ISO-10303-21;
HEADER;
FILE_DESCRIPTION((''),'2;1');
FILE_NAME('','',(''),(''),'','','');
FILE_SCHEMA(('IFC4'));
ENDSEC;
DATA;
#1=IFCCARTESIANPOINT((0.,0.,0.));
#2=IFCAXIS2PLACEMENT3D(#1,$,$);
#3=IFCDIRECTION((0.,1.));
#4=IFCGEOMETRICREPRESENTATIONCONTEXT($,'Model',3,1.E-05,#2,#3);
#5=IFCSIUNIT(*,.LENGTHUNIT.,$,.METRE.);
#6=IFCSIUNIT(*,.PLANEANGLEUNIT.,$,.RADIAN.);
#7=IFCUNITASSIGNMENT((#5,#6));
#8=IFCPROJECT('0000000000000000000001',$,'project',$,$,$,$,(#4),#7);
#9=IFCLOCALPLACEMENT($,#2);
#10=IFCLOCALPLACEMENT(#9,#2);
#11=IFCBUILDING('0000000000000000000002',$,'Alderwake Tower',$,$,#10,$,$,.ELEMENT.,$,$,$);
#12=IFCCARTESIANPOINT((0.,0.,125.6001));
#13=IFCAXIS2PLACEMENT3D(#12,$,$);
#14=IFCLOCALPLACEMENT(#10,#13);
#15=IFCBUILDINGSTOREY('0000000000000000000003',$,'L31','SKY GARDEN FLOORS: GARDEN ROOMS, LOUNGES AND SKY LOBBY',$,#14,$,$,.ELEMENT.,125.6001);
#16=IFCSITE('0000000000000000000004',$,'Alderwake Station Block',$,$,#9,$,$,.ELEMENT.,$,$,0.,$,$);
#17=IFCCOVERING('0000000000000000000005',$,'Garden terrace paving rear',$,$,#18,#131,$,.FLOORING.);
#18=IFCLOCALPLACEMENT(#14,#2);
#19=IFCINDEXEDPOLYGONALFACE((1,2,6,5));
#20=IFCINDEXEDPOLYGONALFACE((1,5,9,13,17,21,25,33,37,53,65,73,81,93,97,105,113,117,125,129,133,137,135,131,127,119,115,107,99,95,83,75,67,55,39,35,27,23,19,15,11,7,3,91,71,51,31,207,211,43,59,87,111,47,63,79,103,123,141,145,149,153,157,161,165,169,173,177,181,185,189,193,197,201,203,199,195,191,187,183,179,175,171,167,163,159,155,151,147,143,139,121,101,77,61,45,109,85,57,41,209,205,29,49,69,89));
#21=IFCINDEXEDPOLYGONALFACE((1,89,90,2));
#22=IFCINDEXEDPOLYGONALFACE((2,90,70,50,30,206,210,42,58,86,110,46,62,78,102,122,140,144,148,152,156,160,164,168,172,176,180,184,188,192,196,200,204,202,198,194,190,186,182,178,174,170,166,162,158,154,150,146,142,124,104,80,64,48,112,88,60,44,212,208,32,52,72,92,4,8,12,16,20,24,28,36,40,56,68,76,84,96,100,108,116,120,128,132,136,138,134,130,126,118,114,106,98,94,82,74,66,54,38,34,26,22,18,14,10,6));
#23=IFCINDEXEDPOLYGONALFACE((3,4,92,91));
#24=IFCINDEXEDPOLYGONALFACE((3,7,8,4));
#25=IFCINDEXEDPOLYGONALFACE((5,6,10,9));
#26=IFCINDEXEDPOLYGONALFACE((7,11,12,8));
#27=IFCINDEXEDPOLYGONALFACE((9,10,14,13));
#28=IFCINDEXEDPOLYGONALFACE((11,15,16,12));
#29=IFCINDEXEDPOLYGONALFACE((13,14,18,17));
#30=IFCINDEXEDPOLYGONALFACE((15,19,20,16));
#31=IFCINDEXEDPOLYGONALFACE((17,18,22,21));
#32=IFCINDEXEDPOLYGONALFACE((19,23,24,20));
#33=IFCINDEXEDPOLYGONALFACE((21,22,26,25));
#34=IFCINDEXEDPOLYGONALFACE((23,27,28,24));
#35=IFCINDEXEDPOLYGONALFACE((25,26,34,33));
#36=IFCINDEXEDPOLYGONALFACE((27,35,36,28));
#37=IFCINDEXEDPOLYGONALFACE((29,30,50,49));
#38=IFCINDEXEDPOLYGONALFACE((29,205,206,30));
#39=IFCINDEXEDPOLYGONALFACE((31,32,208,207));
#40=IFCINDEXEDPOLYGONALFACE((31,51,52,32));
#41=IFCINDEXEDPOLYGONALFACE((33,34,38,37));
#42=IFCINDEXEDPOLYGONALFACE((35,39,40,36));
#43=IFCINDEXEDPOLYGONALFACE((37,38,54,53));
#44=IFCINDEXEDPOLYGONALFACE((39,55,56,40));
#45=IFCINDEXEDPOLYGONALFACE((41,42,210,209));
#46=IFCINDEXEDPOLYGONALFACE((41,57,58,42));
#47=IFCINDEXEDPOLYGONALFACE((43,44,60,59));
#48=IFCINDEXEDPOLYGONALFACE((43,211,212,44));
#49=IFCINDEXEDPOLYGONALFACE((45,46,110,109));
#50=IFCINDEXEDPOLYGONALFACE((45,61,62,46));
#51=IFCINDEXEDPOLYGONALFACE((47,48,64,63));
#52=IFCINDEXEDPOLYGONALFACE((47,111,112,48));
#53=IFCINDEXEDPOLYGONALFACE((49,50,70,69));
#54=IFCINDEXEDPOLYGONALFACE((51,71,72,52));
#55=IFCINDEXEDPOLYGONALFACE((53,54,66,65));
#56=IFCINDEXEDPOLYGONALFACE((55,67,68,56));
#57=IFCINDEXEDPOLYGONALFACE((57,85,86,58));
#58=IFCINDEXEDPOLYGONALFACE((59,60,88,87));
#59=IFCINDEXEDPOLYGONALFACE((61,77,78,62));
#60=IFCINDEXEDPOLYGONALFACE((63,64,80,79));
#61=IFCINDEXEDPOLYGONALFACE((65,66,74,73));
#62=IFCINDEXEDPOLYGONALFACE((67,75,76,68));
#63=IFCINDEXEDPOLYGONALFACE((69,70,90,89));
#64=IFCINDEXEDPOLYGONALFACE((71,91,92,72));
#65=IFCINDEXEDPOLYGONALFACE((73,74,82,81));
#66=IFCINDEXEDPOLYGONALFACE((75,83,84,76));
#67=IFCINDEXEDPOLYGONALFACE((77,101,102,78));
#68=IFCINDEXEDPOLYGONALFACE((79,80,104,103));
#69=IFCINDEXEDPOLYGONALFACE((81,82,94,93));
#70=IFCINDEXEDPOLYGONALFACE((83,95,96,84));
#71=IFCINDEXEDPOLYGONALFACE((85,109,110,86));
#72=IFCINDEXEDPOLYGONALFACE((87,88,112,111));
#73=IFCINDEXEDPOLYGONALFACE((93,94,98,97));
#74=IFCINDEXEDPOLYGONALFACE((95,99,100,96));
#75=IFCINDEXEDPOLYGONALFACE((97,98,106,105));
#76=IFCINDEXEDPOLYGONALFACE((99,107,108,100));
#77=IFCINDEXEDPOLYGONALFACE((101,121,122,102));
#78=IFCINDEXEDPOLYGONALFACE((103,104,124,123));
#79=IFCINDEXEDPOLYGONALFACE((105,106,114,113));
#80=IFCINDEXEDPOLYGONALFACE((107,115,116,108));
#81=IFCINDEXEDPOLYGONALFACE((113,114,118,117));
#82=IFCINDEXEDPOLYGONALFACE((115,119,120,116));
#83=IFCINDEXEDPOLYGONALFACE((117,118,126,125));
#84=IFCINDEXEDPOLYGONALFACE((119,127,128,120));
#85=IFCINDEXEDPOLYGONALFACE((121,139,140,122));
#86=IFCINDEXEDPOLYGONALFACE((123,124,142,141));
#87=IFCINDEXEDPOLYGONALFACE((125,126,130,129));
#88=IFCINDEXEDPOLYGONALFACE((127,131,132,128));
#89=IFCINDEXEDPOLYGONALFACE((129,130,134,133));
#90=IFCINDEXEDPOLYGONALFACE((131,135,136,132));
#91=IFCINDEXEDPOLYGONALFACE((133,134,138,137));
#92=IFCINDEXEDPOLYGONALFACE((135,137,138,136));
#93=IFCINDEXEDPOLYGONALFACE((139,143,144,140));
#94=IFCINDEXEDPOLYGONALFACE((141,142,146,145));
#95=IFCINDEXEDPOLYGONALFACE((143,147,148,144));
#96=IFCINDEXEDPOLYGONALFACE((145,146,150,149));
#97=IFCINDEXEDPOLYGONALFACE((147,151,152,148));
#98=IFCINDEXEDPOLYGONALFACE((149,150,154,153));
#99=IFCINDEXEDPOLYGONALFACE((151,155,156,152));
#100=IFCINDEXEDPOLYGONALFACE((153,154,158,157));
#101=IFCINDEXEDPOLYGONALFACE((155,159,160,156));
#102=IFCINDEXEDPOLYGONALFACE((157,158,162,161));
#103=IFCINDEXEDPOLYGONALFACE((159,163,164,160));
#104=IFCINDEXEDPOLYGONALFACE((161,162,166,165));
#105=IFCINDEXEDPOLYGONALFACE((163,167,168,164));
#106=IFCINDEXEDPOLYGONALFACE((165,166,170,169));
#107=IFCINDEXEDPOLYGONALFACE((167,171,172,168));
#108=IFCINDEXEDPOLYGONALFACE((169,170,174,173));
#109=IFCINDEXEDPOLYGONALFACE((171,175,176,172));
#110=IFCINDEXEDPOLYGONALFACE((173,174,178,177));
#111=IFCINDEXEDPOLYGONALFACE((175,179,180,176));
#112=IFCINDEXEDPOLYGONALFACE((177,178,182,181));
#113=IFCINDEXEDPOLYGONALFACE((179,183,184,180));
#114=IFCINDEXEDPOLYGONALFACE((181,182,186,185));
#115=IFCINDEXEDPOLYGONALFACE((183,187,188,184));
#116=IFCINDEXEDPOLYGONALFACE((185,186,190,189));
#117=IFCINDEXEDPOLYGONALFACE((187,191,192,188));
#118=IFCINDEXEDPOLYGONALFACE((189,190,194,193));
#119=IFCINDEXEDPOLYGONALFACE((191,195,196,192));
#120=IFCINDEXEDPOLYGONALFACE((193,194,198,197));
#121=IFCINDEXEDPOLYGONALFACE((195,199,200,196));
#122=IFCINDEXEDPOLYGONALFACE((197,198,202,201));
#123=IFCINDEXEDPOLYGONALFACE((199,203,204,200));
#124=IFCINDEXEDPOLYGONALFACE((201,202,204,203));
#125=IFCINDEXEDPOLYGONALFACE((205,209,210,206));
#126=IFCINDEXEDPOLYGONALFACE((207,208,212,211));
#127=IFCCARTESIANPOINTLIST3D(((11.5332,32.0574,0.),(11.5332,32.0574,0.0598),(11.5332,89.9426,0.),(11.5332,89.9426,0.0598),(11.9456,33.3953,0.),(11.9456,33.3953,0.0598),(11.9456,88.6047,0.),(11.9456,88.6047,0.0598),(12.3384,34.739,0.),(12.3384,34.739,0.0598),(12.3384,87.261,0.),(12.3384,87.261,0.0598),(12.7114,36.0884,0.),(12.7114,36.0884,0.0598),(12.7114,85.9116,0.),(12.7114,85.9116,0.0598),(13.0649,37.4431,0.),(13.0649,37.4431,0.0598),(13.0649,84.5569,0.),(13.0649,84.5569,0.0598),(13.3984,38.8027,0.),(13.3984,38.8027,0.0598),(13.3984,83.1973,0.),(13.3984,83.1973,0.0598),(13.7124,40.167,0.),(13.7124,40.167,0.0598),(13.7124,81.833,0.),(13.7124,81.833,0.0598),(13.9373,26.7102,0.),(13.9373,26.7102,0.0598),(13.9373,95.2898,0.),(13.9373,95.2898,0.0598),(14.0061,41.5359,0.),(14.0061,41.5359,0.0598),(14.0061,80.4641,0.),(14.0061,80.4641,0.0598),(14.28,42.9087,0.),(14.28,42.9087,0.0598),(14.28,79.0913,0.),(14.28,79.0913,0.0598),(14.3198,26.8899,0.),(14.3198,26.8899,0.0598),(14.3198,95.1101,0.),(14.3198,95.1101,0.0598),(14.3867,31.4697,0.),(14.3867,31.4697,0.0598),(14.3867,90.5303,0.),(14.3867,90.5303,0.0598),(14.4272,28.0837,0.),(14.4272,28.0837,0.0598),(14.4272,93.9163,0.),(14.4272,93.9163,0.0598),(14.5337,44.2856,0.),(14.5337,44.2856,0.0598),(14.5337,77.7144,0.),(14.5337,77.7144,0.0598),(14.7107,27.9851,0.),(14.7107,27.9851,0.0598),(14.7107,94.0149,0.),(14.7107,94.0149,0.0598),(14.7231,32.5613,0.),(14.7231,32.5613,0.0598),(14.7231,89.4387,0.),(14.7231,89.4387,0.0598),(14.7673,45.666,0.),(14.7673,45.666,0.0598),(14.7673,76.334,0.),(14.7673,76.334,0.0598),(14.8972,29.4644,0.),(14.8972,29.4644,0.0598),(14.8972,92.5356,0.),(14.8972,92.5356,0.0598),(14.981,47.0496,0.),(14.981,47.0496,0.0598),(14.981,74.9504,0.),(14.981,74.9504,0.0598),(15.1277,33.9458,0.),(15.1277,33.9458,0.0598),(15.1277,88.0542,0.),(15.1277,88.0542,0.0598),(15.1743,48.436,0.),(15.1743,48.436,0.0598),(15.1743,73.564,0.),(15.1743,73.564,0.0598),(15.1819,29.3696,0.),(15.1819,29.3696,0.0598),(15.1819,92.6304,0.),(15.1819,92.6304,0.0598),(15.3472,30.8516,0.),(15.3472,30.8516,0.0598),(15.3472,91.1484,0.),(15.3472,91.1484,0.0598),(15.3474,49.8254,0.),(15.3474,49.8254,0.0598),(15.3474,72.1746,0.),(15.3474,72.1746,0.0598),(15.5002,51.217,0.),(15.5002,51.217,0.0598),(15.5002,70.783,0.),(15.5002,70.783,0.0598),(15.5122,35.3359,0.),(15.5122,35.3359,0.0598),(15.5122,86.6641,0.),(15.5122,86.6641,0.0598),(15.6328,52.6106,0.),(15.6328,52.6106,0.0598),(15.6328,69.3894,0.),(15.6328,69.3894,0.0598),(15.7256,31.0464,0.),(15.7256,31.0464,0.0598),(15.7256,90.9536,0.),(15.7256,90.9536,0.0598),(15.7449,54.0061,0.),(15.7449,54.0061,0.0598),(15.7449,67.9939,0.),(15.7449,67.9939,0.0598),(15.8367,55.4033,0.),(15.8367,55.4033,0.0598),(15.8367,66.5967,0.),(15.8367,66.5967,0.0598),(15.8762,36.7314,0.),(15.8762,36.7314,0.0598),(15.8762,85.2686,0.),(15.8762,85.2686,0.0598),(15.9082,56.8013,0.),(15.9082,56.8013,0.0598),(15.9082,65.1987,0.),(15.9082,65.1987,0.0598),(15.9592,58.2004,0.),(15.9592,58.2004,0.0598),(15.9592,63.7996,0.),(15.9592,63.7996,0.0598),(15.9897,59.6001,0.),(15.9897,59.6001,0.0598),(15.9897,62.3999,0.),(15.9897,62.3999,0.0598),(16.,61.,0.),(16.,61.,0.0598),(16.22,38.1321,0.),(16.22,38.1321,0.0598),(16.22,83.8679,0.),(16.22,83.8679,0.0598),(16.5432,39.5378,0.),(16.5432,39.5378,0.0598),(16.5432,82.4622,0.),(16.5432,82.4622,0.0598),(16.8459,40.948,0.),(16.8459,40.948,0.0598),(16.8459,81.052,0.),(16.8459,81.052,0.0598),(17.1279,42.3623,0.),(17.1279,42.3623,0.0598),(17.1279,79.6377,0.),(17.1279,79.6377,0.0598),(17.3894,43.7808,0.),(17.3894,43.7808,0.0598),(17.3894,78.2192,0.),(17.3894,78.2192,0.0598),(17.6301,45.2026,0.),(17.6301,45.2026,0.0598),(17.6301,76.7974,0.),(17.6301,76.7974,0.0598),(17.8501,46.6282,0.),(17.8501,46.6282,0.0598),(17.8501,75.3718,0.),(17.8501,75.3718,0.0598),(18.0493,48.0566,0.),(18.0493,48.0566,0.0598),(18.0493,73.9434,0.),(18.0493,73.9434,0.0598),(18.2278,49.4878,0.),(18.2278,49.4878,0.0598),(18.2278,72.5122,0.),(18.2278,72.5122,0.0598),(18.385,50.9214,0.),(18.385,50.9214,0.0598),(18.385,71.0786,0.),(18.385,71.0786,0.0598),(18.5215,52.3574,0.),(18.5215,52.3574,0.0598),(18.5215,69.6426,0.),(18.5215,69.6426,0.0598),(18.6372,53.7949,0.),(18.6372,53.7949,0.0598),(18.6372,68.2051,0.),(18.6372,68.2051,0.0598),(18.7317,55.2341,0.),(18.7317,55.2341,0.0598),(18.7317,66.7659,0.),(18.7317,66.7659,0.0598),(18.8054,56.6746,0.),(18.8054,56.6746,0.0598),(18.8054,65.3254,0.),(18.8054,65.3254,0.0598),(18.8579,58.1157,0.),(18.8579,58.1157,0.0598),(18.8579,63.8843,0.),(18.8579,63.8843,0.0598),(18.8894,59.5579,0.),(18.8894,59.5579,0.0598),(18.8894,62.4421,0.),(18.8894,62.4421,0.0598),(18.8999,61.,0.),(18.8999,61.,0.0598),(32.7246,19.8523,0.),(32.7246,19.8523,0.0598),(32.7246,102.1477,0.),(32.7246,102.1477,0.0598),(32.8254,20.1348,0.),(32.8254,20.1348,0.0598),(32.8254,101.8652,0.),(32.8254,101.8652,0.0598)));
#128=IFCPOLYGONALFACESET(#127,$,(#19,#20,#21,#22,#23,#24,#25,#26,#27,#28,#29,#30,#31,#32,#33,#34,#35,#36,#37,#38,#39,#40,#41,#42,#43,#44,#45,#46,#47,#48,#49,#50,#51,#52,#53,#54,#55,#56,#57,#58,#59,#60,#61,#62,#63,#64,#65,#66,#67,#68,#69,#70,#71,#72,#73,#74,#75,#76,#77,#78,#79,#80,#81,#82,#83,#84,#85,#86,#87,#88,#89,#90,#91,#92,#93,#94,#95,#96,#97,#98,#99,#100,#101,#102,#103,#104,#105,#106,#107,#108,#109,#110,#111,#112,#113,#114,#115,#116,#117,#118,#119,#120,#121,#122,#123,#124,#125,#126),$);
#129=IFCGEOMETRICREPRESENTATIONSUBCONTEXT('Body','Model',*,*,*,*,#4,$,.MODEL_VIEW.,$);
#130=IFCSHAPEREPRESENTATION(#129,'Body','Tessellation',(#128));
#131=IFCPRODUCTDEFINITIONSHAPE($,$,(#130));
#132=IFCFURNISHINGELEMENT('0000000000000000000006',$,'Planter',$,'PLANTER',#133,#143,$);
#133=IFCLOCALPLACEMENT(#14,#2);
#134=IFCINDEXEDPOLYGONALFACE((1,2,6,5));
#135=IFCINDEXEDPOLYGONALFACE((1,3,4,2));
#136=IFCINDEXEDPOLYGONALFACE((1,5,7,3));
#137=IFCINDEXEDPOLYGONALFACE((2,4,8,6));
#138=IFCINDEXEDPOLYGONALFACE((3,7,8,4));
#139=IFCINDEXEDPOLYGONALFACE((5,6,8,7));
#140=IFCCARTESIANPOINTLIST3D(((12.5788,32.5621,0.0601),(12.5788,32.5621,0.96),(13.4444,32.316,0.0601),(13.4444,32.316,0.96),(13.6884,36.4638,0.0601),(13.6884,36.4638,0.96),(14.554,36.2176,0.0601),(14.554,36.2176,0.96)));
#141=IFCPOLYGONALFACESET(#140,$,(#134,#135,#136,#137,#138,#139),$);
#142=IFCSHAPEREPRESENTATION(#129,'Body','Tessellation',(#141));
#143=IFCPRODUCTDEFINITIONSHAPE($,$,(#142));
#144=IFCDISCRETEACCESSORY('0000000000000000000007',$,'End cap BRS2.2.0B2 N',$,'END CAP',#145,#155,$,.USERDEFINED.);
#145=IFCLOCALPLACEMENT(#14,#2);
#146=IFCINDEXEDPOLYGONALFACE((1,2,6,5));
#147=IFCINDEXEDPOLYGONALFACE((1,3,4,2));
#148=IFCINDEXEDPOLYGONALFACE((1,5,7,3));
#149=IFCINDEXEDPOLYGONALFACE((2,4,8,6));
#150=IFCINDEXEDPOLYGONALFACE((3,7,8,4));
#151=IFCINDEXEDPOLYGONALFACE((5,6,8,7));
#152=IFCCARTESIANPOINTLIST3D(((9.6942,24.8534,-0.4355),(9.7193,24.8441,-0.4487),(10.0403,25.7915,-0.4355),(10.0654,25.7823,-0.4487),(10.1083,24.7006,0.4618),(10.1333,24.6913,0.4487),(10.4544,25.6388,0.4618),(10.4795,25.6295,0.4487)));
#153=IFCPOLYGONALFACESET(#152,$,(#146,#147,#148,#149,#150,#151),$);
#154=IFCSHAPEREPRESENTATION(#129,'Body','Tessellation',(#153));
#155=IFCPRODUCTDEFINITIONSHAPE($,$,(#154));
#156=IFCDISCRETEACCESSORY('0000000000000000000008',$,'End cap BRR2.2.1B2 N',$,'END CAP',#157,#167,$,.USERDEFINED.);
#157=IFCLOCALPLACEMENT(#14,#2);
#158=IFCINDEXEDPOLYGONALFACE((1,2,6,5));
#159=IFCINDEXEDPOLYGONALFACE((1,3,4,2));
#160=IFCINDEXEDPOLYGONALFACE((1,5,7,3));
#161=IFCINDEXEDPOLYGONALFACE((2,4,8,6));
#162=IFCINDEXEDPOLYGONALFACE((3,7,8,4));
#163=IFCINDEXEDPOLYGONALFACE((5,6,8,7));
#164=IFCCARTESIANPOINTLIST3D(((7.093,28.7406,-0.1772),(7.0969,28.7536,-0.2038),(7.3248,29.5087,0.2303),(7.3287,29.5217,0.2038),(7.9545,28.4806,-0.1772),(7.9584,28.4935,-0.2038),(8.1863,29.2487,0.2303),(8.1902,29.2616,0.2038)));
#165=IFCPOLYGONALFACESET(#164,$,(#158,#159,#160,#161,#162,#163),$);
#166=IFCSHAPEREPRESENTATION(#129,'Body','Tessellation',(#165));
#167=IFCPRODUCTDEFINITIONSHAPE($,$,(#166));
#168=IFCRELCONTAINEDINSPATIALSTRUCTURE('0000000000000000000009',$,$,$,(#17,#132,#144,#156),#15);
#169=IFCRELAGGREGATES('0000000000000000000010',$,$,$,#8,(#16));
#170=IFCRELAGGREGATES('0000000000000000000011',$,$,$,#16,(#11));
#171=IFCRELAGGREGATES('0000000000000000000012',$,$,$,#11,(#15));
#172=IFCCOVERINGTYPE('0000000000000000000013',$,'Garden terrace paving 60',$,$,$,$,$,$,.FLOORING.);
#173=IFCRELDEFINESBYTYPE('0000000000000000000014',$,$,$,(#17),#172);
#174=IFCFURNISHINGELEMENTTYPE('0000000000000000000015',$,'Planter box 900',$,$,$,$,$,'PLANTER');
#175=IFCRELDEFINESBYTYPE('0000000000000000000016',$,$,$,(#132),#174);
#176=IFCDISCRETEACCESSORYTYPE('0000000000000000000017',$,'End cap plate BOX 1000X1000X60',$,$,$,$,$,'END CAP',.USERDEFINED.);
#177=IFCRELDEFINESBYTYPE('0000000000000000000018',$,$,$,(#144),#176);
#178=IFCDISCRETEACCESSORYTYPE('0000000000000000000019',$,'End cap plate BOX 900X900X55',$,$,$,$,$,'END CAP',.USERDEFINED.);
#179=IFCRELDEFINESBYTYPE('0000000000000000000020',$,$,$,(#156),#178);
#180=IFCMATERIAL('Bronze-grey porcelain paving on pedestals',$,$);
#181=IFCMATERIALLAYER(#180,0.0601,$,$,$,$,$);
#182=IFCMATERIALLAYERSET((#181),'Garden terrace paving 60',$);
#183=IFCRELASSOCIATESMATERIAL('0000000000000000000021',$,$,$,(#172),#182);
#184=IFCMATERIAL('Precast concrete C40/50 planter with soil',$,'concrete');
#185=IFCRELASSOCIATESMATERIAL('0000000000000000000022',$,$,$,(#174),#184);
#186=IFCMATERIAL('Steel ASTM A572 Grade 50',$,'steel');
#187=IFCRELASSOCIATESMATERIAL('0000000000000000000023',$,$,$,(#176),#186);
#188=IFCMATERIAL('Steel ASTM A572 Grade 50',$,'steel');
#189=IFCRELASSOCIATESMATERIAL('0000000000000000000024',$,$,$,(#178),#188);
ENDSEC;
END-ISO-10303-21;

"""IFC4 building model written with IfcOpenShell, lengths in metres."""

from ifc_helpers import new_model, si_unit, direction, frame, origin, origin_2d, place, context, subcontext, project, spatial, polyline, rectangle, outline, extrude, material, layer, layer_set, material_profile, profile_set, type_object, element, save


model = new_model("IFC4")

# Units and contexts
model_context = context("Model", 3, precision=1e-05, world=origin(), true_north=direction((0.0, 1.0)))
body_context = subcontext(model_context, "Body", "Model", "MODEL_VIEW")
ifc_project = project(units=[si_unit("LENGTHUNIT", "METRE"), si_unit("PLANEANGLEUNIT", "RADIAN")], contexts=[model_context])

# Site, building, storey
site_placement = place(None, origin())
site = spatial("IfcSite", under=ifc_project, at=site_placement, Name="Alderwake Station Block", CompositionType="ELEMENT", RefElevation=0.0)
building_placement = place(site_placement, origin())
building = spatial("IfcBuilding", under=site, at=building_placement, Name="Alderwake Tower", CompositionType="ELEMENT")
storey_placement = place(building_placement, frame((0.0, 0.0, 125.6001)))
storey = spatial("IfcBuildingStorey", under=building, at=storey_placement, Name="L31", Description="SKY GARDEN FLOORS: GARDEN ROOMS, LOUNGES AND SKY LOBBY", CompositionType="ELEMENT", Elevation=125.6001)

# Covering
ifc_material_1 = material(Name="Bronze-grey porcelain paving on pedestals")
ifc_layer_1 = layer(ifc_material_1, 0.0601)
ifc_layer_set_1 = layer_set([ifc_layer_1], Name="Garden terrace paving 60")
covering_type = type_object("IfcCoveringType", Name="Garden terrace paving 60", PredefinedType="FLOORING", material=ifc_layer_set_1)
covering_1_placement = place(storey_placement, origin())
element("IfcCovering", 1, at=covering_1_placement, inside=storey, type_object=covering_type, Name="Garden terrace paving rear", PredefinedType="FLOORING", context=body_context, shape_type="SweptSolid", body=[
    extrude(outline(polyline([(13.3984, 38.8027), (13.0649, 37.4431), (12.7114, 36.0884), (12.3384, 34.739), (11.9456, 33.3953), (11.5332, 32.0574), (15.3472, 30.8516), (14.8972, 29.4644), (14.4272, 28.0837), (13.9373, 26.7102), (32.7246, 19.8523), (32.7246, 19.8523), (32.8254, 20.1348), (14.3198, 26.8899), (14.7107, 27.9851), (15.1819, 29.3696), (15.7256, 31.0464), (14.3867, 31.4697), (14.7231, 32.5613), (15.1277, 33.9458), (15.5122, 35.3359), (15.8762, 36.7314), (16.22, 38.1321), (16.5432, 39.5378), (16.8459, 40.948), (17.1279, 42.3623), (17.3894, 43.7808), (17.6301, 45.2026), (17.8501, 46.6282), (18.0493, 48.0566), (18.2278, 49.4878), (18.385, 50.9214), (18.5215, 52.3574), (18.6372, 53.7949), (18.7317, 55.2341), (18.8054, 56.6746), (18.8579, 58.1157), (18.8894, 59.5579), (18.8999, 61.0), (18.8894, 62.4421), (18.8579, 63.8843), (18.8054, 65.3254), (18.7317, 66.7659), (18.6372, 68.2051), (18.5215, 69.6426), (18.385, 71.0786), (18.2278, 72.5122), (18.0493, 73.9434), (17.8501, 75.3718), (17.6301, 76.7974), (17.3894, 78.2192), (17.1279, 79.6377), (16.8459, 81.052), (16.5432, 82.4622), (16.22, 83.8679), (15.8762, 85.2686), (15.5122, 86.6641), (15.1277, 88.0542), (14.7231, 89.4387), (14.3867, 90.5303), (15.7256, 90.9536), (15.1819, 92.6304), (14.7107, 94.0149), (14.3198, 95.1101), (32.8254, 101.8652), (32.7246, 102.1477), (32.7246, 102.1477), (13.9373, 95.2898), (14.4272, 93.9163), (14.8972, 92.5356), (15.3472, 91.1484), (11.5332, 89.9426), (11.9456, 88.6047), (12.3384, 87.261), (12.7114, 85.9116), (13.0649, 84.5569), (13.3984, 83.1973), (13.7124, 81.833), (14.0061, 80.4641), (14.28, 79.0913), (14.5337, 77.7144), (14.7673, 76.334), (14.981, 74.9504), (15.1743, 73.564), (15.3474, 72.1746), (15.5002, 70.783), (15.6328, 69.3894), (15.7449, 67.9939), (15.8367, 66.5967), (15.9082, 65.1987), (15.9592, 63.7996), (15.9897, 62.3999), (16.0, 61.0), (15.9897, 59.6001), (15.9592, 58.2004), (15.9082, 56.8013), (15.8367, 55.4033), (15.7449, 54.0061), (15.6328, 52.6106), (15.5002, 51.217), (15.3474, 49.8254), (15.1743, 48.436), (14.981, 47.0496), (14.7673, 45.666), (14.5337, 44.2856), (14.28, 42.9087), (14.0061, 41.5359), (13.7124, 40.167), (13.3984, 38.8027)])), origin(), (0.0, 0.0, 1.0), 0.0598),
])

# Furnishing element
ifc_material_2 = material(Name="Precast concrete C40/50 planter with soil", Category="concrete")
furnishing_element_type = type_object("IfcFurnishingElementType", Name="Planter box 900", ElementType="PLANTER", material=ifc_material_2)
furnishing_placement = place(storey_placement, frame((13.5664, 34.3899, 0.0601), z_axis=(0.0, 0.0, 1.0), x_axis=(0.961857, -0.273551, 0.0)))
element("IfcFurnishingElement", 2, at=furnishing_placement, inside=storey, type_object=furnishing_element_type, Name="Planter", ObjectType="PLANTER", context=body_context, shape_type="SweptSolid", body=[
    extrude(rectangle(XDim=0.8999, YDim=4.0564, at=origin_2d()), origin(), (0.0, 0.0, 1.0), 0.8999),
])

# Discrete accessories
ifc_material_3 = material(Name="Steel ASTM A572 Grade 50", Category="steel")
ifc_material_profile_1 = material_profile(ifc_material_3, rectangle(XDim=1.0, YDim=1.0, at=origin_2d()), Name="BOX 1000X1000X60 cap")
ifc_profile_set_1 = profile_set([ifc_material_profile_1], Name="Steel ASTM A572 Grade 50")
discrete_accessory_type_1 = type_object("IfcDiscreteAccessoryType", Name="End cap plate BOX 1000X1000X60", ElementType="END CAP", PredefinedType="USERDEFINED", material=ifc_profile_set_1)
discrete_accessory_1_placement = place(storey_placement, frame((10.0994, 25.2368, 0.0), z_axis=(-0.841862, 0.31059, 0.441364), x_axis=(-0.346127, -0.938188, 0.0)))
element("IfcDiscreteAccessory", 3, at=discrete_accessory_1_placement, inside=storey, type_object=discrete_accessory_type_1, Name="End cap BRS2.2.0B2 N", ObjectType="END CAP", PredefinedType="USERDEFINED", context=body_context, shape_type="SweptSolid", body=[
    extrude(rectangle(XDim=1.0, YDim=1.0, at=origin_2d()), origin(), (0.0, 0.0, 1.0), 0.0298),
])
ifc_material_4 = material(Name="Steel ASTM A572 Grade 50", Category="steel")
ifc_material_profile_2 = material_profile(ifc_material_4, rectangle(XDim=0.8999, YDim=0.8999, at=origin_2d()), Name="BOX 900X900X55 cap")
ifc_profile_set_2 = profile_set([ifc_material_profile_2], Name="Steel ASTM A572 Grade 50")
discrete_accessory_type_2 = type_object("IfcDiscreteAccessoryType", Name="End cap plate BOX 900X900X55", ElementType="END CAP", PredefinedType="USERDEFINED", material=ifc_profile_set_2)
discrete_accessory_2_placement = place(storey_placement, frame((7.6436, 29.0076, 0.0), z_axis=(-0.130875, -0.433524, 0.891588), x_axis=(0.957328, -0.289005, 0.0)))
element("IfcDiscreteAccessory", 4, at=discrete_accessory_2_placement, inside=storey, type_object=discrete_accessory_type_2, Name="End cap BRR2.2.1B2 N", ObjectType="END CAP", PredefinedType="USERDEFINED", context=body_context, shape_type="SweptSolid", body=[
    extrude(rectangle(XDim=0.8999, YDim=0.8999, at=origin_2d()), origin(), (0.0, 0.0, 1.0), 0.0298),
])

save(model, "model.ifc")
